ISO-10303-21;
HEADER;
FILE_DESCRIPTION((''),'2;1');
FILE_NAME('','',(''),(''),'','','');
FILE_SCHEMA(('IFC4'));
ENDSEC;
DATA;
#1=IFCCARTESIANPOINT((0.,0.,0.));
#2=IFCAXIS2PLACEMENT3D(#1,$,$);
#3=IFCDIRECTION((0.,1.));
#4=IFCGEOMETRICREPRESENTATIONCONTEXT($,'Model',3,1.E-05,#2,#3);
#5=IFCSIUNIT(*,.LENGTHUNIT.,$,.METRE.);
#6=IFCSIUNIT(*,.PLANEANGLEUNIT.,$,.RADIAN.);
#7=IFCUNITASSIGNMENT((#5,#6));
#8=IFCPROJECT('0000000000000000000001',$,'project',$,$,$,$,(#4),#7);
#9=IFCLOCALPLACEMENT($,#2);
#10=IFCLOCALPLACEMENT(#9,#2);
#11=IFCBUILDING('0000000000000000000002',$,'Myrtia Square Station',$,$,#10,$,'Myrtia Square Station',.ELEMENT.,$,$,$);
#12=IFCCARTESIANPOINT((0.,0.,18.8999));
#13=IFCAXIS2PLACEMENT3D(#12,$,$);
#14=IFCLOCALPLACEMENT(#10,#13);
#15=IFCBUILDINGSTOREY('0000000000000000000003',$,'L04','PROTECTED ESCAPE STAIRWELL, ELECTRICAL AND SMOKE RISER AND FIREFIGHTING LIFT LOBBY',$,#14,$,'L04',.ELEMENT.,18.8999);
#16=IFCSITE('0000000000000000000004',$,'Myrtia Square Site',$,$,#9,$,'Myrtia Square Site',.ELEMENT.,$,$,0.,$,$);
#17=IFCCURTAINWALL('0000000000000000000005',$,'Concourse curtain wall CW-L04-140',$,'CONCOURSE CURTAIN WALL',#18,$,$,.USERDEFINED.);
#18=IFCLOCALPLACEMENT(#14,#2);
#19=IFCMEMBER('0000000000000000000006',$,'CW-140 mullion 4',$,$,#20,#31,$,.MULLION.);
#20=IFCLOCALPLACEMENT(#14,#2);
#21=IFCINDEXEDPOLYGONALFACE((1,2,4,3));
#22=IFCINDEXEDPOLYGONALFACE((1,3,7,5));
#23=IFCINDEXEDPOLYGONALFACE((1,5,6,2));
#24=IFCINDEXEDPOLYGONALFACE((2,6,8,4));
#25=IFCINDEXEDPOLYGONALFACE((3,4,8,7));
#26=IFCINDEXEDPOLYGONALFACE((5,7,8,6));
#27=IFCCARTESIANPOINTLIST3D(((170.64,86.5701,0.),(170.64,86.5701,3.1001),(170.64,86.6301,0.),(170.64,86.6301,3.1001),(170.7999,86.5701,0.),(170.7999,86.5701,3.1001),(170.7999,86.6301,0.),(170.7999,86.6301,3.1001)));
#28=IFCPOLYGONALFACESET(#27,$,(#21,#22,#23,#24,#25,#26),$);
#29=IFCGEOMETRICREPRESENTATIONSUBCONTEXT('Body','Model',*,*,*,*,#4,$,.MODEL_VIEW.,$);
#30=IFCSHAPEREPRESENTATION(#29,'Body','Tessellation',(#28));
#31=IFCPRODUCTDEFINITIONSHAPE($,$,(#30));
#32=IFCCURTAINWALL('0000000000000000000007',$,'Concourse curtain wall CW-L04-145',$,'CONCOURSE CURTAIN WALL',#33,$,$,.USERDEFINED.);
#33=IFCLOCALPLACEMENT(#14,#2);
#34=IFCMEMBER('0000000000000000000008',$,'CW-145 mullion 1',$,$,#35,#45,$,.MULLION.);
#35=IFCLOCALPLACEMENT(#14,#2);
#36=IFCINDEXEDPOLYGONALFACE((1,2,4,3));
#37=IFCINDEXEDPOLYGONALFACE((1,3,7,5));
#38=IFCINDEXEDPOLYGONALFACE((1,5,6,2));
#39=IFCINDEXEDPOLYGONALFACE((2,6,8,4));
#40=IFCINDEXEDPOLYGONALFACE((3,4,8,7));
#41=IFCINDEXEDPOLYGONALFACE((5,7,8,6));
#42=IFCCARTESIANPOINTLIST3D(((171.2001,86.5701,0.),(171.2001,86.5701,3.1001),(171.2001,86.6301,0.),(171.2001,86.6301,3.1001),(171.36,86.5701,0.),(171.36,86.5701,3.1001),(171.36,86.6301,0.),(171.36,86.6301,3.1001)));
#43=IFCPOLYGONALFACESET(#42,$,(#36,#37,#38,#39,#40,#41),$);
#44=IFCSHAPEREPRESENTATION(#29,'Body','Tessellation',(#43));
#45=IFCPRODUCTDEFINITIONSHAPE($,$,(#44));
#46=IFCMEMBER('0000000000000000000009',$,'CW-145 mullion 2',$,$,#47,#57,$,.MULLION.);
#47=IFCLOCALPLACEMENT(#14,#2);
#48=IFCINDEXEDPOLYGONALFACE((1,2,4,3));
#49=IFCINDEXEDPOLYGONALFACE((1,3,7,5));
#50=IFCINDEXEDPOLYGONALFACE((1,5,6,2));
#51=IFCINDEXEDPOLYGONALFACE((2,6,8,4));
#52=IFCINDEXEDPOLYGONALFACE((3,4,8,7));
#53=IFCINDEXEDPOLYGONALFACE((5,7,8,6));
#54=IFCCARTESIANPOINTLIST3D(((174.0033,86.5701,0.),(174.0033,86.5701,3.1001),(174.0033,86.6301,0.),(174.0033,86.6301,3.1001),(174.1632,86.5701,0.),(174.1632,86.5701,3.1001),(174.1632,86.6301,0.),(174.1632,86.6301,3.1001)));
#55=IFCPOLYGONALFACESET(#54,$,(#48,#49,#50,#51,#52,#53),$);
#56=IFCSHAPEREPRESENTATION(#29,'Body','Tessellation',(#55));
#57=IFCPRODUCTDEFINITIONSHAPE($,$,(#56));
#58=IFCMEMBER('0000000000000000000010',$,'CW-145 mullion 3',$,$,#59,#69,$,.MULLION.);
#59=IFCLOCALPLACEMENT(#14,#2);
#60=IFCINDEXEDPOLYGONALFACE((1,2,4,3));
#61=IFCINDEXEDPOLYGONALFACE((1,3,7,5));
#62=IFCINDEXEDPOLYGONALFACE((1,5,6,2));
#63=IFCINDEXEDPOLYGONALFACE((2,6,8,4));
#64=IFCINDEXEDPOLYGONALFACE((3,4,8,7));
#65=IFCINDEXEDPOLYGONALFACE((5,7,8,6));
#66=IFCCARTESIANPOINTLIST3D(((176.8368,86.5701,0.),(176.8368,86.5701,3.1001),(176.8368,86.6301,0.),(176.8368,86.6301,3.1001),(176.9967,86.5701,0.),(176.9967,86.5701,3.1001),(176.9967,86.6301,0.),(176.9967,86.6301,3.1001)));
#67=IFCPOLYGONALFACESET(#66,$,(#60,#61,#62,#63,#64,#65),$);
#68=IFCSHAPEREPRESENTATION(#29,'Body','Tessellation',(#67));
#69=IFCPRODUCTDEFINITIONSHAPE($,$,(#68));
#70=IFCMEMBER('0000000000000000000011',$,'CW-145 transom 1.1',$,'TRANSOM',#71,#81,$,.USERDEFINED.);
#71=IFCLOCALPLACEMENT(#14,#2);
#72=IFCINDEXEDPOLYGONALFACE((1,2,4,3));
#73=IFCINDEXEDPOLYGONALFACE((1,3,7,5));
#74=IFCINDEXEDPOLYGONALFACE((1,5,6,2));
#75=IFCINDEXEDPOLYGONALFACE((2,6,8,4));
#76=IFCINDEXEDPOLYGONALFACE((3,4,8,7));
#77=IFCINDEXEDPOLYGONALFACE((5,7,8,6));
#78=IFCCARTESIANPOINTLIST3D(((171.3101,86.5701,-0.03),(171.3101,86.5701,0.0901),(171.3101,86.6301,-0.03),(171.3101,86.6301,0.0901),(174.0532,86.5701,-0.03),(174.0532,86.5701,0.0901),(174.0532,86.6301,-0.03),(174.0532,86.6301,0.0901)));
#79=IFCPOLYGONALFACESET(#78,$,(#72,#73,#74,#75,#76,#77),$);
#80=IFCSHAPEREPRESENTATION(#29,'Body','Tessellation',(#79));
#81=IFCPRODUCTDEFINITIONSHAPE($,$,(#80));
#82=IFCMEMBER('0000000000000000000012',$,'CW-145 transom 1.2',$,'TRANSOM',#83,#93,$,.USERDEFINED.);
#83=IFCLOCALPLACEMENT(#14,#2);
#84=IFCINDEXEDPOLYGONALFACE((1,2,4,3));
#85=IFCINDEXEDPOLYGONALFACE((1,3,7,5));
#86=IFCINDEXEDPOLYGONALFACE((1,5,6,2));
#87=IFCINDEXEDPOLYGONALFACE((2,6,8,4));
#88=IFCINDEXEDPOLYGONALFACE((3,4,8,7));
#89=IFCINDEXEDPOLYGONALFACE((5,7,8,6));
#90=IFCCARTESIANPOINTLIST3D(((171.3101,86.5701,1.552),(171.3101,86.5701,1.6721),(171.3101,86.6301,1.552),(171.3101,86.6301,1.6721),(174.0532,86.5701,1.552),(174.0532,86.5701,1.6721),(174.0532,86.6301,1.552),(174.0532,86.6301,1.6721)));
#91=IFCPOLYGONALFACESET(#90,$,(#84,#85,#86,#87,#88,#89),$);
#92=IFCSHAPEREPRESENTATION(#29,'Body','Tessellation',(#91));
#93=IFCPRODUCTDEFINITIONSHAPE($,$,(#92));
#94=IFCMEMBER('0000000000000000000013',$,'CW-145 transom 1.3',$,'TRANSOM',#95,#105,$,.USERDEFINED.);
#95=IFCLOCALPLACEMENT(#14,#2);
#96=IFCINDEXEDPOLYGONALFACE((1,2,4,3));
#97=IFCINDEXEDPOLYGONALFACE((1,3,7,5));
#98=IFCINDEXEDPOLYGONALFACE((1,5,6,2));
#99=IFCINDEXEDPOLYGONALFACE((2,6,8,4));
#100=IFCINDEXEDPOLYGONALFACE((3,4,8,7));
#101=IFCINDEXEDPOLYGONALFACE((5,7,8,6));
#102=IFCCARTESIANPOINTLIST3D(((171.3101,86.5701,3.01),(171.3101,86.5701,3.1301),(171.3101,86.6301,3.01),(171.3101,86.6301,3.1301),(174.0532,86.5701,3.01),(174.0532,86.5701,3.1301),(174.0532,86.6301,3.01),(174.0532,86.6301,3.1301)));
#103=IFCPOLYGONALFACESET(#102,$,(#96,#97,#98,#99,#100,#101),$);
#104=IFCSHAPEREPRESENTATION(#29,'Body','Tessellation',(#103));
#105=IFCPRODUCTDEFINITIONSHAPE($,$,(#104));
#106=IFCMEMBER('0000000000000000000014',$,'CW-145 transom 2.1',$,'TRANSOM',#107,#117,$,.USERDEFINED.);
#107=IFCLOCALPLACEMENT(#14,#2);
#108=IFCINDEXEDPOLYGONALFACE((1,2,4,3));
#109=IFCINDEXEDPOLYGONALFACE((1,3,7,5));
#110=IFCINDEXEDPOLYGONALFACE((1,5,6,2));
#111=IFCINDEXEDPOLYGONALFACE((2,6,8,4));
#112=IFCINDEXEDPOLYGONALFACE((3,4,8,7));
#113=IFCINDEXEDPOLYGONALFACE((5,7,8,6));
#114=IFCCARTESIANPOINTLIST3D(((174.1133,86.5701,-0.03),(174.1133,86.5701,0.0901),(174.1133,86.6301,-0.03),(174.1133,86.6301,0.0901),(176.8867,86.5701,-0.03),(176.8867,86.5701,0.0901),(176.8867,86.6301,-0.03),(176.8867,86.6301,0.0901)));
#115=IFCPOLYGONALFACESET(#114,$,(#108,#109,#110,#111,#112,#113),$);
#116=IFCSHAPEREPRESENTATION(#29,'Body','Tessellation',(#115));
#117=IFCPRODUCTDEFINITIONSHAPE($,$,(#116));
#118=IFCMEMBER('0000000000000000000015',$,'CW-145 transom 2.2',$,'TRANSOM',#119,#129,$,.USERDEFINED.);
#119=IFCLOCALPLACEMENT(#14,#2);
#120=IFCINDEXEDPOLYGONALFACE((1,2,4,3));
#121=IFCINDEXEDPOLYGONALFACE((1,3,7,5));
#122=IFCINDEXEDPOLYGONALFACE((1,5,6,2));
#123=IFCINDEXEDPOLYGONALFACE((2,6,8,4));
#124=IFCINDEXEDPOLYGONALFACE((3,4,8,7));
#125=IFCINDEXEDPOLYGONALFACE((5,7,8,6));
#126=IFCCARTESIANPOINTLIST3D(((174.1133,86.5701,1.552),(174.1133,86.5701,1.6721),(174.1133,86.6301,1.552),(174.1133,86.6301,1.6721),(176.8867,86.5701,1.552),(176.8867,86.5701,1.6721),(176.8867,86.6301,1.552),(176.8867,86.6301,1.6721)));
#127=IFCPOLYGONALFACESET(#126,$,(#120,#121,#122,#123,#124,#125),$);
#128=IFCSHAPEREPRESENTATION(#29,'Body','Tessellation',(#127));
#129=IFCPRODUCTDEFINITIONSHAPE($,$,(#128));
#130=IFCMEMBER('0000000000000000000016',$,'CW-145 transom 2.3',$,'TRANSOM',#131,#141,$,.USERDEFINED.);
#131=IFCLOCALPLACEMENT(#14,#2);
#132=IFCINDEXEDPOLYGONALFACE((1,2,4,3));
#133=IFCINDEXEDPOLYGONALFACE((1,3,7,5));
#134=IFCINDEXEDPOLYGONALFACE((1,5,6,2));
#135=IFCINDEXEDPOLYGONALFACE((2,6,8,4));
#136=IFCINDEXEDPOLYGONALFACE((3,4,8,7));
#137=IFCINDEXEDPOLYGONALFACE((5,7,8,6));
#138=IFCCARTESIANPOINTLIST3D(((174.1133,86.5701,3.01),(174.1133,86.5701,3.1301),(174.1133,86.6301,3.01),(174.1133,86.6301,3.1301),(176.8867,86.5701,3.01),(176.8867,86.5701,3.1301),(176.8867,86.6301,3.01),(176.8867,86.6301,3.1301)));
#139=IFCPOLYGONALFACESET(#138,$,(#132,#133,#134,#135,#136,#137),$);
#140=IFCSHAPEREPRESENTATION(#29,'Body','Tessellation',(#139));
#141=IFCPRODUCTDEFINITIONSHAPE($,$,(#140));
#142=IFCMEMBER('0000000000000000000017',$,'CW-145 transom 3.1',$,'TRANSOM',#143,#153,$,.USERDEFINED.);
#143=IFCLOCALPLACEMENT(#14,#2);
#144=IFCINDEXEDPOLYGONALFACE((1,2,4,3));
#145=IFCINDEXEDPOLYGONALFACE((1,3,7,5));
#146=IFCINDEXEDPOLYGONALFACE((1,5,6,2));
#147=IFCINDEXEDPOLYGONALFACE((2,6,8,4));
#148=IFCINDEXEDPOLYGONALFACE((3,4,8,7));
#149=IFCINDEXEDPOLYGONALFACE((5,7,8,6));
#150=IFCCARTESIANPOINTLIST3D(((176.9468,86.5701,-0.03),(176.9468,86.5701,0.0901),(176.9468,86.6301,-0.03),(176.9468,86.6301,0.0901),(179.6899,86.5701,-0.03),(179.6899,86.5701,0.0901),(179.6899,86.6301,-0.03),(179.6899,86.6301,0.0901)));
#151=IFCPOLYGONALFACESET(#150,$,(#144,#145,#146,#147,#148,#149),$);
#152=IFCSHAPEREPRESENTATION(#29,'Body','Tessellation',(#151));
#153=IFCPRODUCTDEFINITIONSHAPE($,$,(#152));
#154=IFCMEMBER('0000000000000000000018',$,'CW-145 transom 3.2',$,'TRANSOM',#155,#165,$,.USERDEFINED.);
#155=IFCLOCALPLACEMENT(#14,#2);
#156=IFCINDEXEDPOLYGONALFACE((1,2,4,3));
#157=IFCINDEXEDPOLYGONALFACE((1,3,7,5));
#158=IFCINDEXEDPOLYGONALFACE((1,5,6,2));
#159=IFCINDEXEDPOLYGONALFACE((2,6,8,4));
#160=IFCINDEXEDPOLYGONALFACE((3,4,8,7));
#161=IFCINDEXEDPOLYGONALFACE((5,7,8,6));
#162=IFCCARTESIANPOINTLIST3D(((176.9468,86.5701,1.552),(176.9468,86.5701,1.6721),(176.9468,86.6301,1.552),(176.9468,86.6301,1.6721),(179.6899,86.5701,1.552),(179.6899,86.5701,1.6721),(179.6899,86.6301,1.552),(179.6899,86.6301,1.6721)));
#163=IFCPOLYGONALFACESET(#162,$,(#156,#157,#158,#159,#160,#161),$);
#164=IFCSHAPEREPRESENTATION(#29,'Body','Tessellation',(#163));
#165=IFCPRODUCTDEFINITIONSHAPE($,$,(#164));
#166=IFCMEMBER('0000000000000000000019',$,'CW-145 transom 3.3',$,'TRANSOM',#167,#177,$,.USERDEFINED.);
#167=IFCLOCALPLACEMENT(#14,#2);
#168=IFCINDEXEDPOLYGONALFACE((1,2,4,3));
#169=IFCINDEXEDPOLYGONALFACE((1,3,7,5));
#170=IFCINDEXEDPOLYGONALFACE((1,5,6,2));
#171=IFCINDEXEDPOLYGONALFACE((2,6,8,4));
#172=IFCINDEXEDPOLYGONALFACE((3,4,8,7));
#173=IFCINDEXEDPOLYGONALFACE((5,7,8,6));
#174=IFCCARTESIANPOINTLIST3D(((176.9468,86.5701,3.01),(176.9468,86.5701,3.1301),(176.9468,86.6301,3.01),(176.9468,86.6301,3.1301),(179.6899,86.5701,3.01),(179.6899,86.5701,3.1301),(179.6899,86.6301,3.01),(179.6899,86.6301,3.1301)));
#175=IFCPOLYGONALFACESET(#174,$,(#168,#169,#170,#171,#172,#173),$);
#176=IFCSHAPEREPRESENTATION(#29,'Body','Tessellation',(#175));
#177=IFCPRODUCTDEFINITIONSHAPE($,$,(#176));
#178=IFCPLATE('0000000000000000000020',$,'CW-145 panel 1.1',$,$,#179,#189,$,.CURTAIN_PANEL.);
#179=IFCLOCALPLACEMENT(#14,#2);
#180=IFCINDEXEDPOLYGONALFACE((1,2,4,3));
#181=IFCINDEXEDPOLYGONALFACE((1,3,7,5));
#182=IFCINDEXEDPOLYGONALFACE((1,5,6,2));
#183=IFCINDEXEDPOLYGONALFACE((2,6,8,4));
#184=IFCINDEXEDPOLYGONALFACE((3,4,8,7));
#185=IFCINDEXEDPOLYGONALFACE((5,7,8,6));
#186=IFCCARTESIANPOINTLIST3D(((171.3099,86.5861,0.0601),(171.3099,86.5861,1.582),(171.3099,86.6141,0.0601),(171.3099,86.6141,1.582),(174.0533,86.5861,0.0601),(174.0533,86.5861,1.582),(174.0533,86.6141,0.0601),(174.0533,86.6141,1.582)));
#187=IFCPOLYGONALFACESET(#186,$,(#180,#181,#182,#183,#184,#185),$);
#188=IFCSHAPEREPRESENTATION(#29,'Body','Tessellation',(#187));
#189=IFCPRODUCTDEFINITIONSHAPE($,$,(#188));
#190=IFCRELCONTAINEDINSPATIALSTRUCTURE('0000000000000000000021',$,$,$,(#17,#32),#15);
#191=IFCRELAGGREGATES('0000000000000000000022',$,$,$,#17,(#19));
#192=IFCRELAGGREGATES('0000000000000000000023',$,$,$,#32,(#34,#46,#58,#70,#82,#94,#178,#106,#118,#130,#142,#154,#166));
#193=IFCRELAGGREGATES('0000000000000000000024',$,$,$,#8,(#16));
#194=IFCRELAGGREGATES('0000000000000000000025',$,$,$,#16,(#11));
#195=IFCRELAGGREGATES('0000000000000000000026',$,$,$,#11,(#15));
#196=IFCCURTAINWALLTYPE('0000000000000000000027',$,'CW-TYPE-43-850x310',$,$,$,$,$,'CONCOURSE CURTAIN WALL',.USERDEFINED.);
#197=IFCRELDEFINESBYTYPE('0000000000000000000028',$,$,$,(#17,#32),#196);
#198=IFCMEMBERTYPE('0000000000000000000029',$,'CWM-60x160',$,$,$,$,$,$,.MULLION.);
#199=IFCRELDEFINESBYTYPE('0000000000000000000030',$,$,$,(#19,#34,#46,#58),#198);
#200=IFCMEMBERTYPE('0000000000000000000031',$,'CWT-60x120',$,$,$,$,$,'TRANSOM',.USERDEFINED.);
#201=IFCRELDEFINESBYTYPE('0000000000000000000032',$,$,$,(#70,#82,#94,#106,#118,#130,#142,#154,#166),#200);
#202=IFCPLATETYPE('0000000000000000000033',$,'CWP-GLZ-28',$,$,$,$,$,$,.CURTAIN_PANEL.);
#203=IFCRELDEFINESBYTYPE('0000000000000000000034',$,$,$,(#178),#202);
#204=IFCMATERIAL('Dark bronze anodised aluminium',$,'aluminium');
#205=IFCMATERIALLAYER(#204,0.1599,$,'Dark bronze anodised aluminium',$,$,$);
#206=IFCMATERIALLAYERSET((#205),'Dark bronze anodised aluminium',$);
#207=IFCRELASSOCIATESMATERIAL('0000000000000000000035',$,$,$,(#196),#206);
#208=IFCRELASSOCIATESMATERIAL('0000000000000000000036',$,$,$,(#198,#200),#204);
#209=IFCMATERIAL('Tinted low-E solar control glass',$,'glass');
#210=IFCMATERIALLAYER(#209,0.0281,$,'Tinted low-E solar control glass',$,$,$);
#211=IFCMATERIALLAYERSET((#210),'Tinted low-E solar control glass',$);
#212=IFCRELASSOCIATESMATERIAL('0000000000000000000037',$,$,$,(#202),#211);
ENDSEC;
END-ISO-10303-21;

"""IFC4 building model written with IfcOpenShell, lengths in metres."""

from ifc_helpers import new_model, si_unit, direction, frame, origin, origin_2d, place, context, subcontext, project, spatial, rectangle, extrude, material, layer, layer_set, material_profile, profile_set, type_object, element, aggregate, save


model = new_model("IFC4")

# Units and contexts
model_context = context("Model", 3, precision=1e-05, world=origin(), true_north=direction((0.0, 1.0)))
body_context = subcontext(model_context, "Body", "Model", "MODEL_VIEW")
ifc_project = project(units=[si_unit("LENGTHUNIT", "METRE"), si_unit("PLANEANGLEUNIT", "RADIAN")], contexts=[model_context])

# Site, building, storey
site_placement = place(None, origin())
site = spatial("IfcSite", under=ifc_project, at=site_placement, Name="Myrtia Square Site", LongName="Myrtia Square Site", CompositionType="ELEMENT", RefElevation=0.0)
building_placement = place(site_placement, origin())
building = spatial("IfcBuilding", under=site, at=building_placement, Name="Myrtia Square Station", LongName="Myrtia Square Station", CompositionType="ELEMENT")
storey_placement = place(building_placement, frame((0.0, 0.0, 18.8999)))
storey = spatial("IfcBuildingStorey", under=building, at=storey_placement, Name="L04", Description="PROTECTED ESCAPE STAIRWELL, ELECTRICAL AND SMOKE RISER AND FIREFIGHTING LIFT LOBBY", LongName="L04", CompositionType="ELEMENT", Elevation=18.8999)

# Curtain wall, member
ifc_material_1 = material(Name="Dark bronze anodised aluminium", Category="aluminium")
ifc_layer_1 = layer(ifc_material_1, 0.1599, Name="Dark bronze anodised aluminium")
ifc_layer_set_1 = layer_set([ifc_layer_1], Name="Dark bronze anodised aluminium")
curtain_wall_type = type_object("IfcCurtainWallType", Name="CW-TYPE-43-850x310", ElementType="CONCOURSE CURTAIN WALL", PredefinedType="USERDEFINED", material=ifc_layer_set_1)
curtain_wall_1_placement = place(storey_placement, origin())
curtain_wall_1 = element("IfcCurtainWall", 1, at=curtain_wall_1_placement, inside=storey, type_object=curtain_wall_type, Name="Concourse curtain wall CW-L04-140", ObjectType="CONCOURSE CURTAIN WALL", PredefinedType="USERDEFINED")
ifc_material_profile_1 = material_profile(ifc_material_1, rectangle(XDim=0.0601, YDim=0.1599, at=origin_2d()), Name="ALU-M 60x160")
ifc_profile_set_1 = profile_set([ifc_material_profile_1], Name="Dark bronze anodised aluminium")
member_type_1 = type_object("IfcMemberType", Name="CWM-60x160", PredefinedType="MULLION", material=ifc_profile_set_1)
member_1_placement = place(storey_placement, frame((170.72, 86.6001, 0.0), z_axis=(0.0, 0.0, 1.0), x_axis=(0.0, 1.0, 0.0)))
member_1 = element("IfcMember", 2, at=member_1_placement, type_object=member_type_1, Name="CW-140 mullion 4", PredefinedType="MULLION", context=body_context, shape_type="SweptSolid", body=[
    extrude(rectangle(XDim=0.0601, YDim=0.1599, at=origin_2d()), origin(), (0.0, 0.0, 1.0), 3.1001),
])
aggregate(curtain_wall_1, [member_1])

# Curtain wall, members, plate
curtain_wall_2_placement = place(storey_placement, origin())
curtain_wall_2 = element("IfcCurtainWall", 3, at=curtain_wall_2_placement, inside=storey, type_object=curtain_wall_type, Name="Concourse curtain wall CW-L04-145", ObjectType="CONCOURSE CURTAIN WALL", PredefinedType="USERDEFINED")
member_2_placement = place(storey_placement, frame((171.28, 86.6001, 0.0), z_axis=(0.0, 0.0, 1.0), x_axis=(0.0, 1.0, 0.0)))
member_2 = element("IfcMember", 4, at=member_2_placement, type_object=member_type_1, Name="CW-145 mullion 1", PredefinedType="MULLION", context=body_context, shape_type="SweptSolid", body=[
    extrude(rectangle(XDim=0.0601, YDim=0.1599, at=origin_2d()), origin(), (0.0, 0.0, 1.0), 3.1001),
])
member_3_placement = place(storey_placement, frame((174.0833, 86.6001, 0.0), z_axis=(0.0, 0.0, 1.0), x_axis=(0.0, 1.0, 0.0)))
member_3 = element("IfcMember", 5, at=member_3_placement, type_object=member_type_1, Name="CW-145 mullion 2", PredefinedType="MULLION", context=body_context, shape_type="SweptSolid", body=[
    extrude(rectangle(XDim=0.0601, YDim=0.1599, at=origin_2d()), origin(), (0.0, 0.0, 1.0), 3.1001),
])
member_4_placement = place(storey_placement, frame((176.9167, 86.6001, 0.0), z_axis=(0.0, 0.0, 1.0), x_axis=(0.0, 1.0, 0.0)))
member_4 = element("IfcMember", 6, at=member_4_placement, type_object=member_type_1, Name="CW-145 mullion 3", PredefinedType="MULLION", context=body_context, shape_type="SweptSolid", body=[
    extrude(rectangle(XDim=0.0601, YDim=0.1599, at=origin_2d()), origin(), (0.0, 0.0, 1.0), 3.1001),
])
ifc_material_profile_2 = material_profile(ifc_material_1, rectangle(XDim=0.0601, YDim=0.1201, at=origin_2d()), Name="ALU-T 60x120")
ifc_profile_set_2 = profile_set([ifc_material_profile_2], Name="Dark bronze anodised aluminium")
member_type_2 = type_object("IfcMemberType", Name="CWT-60x120", ElementType="TRANSOM", PredefinedType="USERDEFINED", material=ifc_profile_set_2)
member_5_placement = place(storey_placement, frame((171.3101, 86.6001, 0.03), z_axis=(1.0, 0.0, 0.0), x_axis=(0.0, 1.0, 0.0)))
member_5 = element("IfcMember", 7, at=member_5_placement, type_object=member_type_2, Name="CW-145 transom 1.1", ObjectType="TRANSOM", PredefinedType="USERDEFINED", context=body_context, shape_type="SweptSolid", body=[
    extrude(rectangle(XDim=0.0601, YDim=0.1201, at=origin_2d()), origin(), (0.0, 0.0, 1.0), 2.7432),
])
member_6_placement = place(storey_placement, frame((171.3101, 86.6001, 1.6121), z_axis=(1.0, 0.0, 0.0), x_axis=(0.0, 1.0, 0.0)))
member_6 = element("IfcMember", 8, at=member_6_placement, type_object=member_type_2, Name="CW-145 transom 1.2", ObjectType="TRANSOM", PredefinedType="USERDEFINED", context=body_context, shape_type="SweptSolid", body=[
    extrude(rectangle(XDim=0.0601, YDim=0.1201, at=origin_2d()), origin(), (0.0, 0.0, 1.0), 2.7432),
])
member_7_placement = place(storey_placement, frame((171.3101, 86.6001, 3.0701), z_axis=(1.0, 0.0, 0.0), x_axis=(0.0, 1.0, 0.0)))
member_7 = element("IfcMember", 9, at=member_7_placement, type_object=member_type_2, Name="CW-145 transom 1.3", ObjectType="TRANSOM", PredefinedType="USERDEFINED", context=body_context, shape_type="SweptSolid", body=[
    extrude(rectangle(XDim=0.0601, YDim=0.1201, at=origin_2d()), origin(), (0.0, 0.0, 1.0), 2.7432),
])
member_8_placement = place(storey_placement, frame((174.1133, 86.6001, 0.03), z_axis=(1.0, 0.0, 0.0), x_axis=(0.0, 1.0, 0.0)))
member_8 = element("IfcMember", 10, at=member_8_placement, type_object=member_type_2, Name="CW-145 transom 2.1", ObjectType="TRANSOM", PredefinedType="USERDEFINED", context=body_context, shape_type="SweptSolid", body=[
    extrude(rectangle(XDim=0.0601, YDim=0.1201, at=origin_2d()), origin(), (0.0, 0.0, 1.0), 2.7734),
])
member_9_placement = place(storey_placement, frame((174.1133, 86.6001, 1.6121), z_axis=(1.0, 0.0, 0.0), x_axis=(0.0, 1.0, 0.0)))
member_9 = element("IfcMember", 11, at=member_9_placement, type_object=member_type_2, Name="CW-145 transom 2.2", ObjectType="TRANSOM", PredefinedType="USERDEFINED", context=body_context, shape_type="SweptSolid", body=[
    extrude(rectangle(XDim=0.0601, YDim=0.1201, at=origin_2d()), origin(), (0.0, 0.0, 1.0), 2.7734),
])
member_10_placement = place(storey_placement, frame((174.1133, 86.6001, 3.0701), z_axis=(1.0, 0.0, 0.0), x_axis=(0.0, 1.0, 0.0)))
member_10 = element("IfcMember", 12, at=member_10_placement, type_object=member_type_2, Name="CW-145 transom 2.3", ObjectType="TRANSOM", PredefinedType="USERDEFINED", context=body_context, shape_type="SweptSolid", body=[
    extrude(rectangle(XDim=0.0601, YDim=0.1201, at=origin_2d()), origin(), (0.0, 0.0, 1.0), 2.7734),
])
member_11_placement = place(storey_placement, frame((176.9468, 86.6001, 0.03), z_axis=(1.0, 0.0, 0.0), x_axis=(0.0, 1.0, 0.0)))
member_11 = element("IfcMember", 13, at=member_11_placement, type_object=member_type_2, Name="CW-145 transom 3.1", ObjectType="TRANSOM", PredefinedType="USERDEFINED", context=body_context, shape_type="SweptSolid", body=[
    extrude(rectangle(XDim=0.0601, YDim=0.1201, at=origin_2d()), origin(), (0.0, 0.0, 1.0), 2.7432),
])
member_12_placement = place(storey_placement, frame((176.9468, 86.6001, 1.6121), z_axis=(1.0, 0.0, 0.0), x_axis=(0.0, 1.0, 0.0)))
member_12 = element("IfcMember", 14, at=member_12_placement, type_object=member_type_2, Name="CW-145 transom 3.2", ObjectType="TRANSOM", PredefinedType="USERDEFINED", context=body_context, shape_type="SweptSolid", body=[
    extrude(rectangle(XDim=0.0601, YDim=0.1201, at=origin_2d()), origin(), (0.0, 0.0, 1.0), 2.7432),
])
member_13_placement = place(storey_placement, frame((176.9468, 86.6001, 3.0701), z_axis=(1.0, 0.0, 0.0), x_axis=(0.0, 1.0, 0.0)))
member_13 = element("IfcMember", 15, at=member_13_placement, type_object=member_type_2, Name="CW-145 transom 3.3", ObjectType="TRANSOM", PredefinedType="USERDEFINED", context=body_context, shape_type="SweptSolid", body=[
    extrude(rectangle(XDim=0.0601, YDim=0.1201, at=origin_2d()), origin(), (0.0, 0.0, 1.0), 2.7432),
])
ifc_material_2 = material(Name="Tinted low-E solar control glass", Category="glass")
ifc_layer_2 = layer(ifc_material_2, 0.0281, Name="Tinted low-E solar control glass")
ifc_layer_set_2 = layer_set([ifc_layer_2], Name="Tinted low-E solar control glass")
plate_type = type_object("IfcPlateType", Name="CWP-GLZ-28", PredefinedType="CURTAIN_PANEL", material=ifc_layer_set_2)
plate_1_placement = place(storey_placement, frame((172.6816, 86.6001, 0.0601), z_axis=(0.0, 0.0, 1.0), x_axis=(1.0, 0.0, 0.0)))
plate_1 = element("IfcPlate", 16, at=plate_1_placement, type_object=plate_type, Name="CW-145 panel 1.1", PredefinedType="CURTAIN_PANEL", context=body_context, shape_type="SweptSolid", body=[
    extrude(rectangle(XDim=2.7434, YDim=0.0281, at=origin_2d()), origin(), (0.0, 0.0, 1.0), 1.522),
])
aggregate(curtain_wall_2, [member_2, member_3, member_4, member_5, member_6, member_7, plate_1, member_8, member_9, member_10, member_11, member_12, member_13])

save(model, "model.ifc")
